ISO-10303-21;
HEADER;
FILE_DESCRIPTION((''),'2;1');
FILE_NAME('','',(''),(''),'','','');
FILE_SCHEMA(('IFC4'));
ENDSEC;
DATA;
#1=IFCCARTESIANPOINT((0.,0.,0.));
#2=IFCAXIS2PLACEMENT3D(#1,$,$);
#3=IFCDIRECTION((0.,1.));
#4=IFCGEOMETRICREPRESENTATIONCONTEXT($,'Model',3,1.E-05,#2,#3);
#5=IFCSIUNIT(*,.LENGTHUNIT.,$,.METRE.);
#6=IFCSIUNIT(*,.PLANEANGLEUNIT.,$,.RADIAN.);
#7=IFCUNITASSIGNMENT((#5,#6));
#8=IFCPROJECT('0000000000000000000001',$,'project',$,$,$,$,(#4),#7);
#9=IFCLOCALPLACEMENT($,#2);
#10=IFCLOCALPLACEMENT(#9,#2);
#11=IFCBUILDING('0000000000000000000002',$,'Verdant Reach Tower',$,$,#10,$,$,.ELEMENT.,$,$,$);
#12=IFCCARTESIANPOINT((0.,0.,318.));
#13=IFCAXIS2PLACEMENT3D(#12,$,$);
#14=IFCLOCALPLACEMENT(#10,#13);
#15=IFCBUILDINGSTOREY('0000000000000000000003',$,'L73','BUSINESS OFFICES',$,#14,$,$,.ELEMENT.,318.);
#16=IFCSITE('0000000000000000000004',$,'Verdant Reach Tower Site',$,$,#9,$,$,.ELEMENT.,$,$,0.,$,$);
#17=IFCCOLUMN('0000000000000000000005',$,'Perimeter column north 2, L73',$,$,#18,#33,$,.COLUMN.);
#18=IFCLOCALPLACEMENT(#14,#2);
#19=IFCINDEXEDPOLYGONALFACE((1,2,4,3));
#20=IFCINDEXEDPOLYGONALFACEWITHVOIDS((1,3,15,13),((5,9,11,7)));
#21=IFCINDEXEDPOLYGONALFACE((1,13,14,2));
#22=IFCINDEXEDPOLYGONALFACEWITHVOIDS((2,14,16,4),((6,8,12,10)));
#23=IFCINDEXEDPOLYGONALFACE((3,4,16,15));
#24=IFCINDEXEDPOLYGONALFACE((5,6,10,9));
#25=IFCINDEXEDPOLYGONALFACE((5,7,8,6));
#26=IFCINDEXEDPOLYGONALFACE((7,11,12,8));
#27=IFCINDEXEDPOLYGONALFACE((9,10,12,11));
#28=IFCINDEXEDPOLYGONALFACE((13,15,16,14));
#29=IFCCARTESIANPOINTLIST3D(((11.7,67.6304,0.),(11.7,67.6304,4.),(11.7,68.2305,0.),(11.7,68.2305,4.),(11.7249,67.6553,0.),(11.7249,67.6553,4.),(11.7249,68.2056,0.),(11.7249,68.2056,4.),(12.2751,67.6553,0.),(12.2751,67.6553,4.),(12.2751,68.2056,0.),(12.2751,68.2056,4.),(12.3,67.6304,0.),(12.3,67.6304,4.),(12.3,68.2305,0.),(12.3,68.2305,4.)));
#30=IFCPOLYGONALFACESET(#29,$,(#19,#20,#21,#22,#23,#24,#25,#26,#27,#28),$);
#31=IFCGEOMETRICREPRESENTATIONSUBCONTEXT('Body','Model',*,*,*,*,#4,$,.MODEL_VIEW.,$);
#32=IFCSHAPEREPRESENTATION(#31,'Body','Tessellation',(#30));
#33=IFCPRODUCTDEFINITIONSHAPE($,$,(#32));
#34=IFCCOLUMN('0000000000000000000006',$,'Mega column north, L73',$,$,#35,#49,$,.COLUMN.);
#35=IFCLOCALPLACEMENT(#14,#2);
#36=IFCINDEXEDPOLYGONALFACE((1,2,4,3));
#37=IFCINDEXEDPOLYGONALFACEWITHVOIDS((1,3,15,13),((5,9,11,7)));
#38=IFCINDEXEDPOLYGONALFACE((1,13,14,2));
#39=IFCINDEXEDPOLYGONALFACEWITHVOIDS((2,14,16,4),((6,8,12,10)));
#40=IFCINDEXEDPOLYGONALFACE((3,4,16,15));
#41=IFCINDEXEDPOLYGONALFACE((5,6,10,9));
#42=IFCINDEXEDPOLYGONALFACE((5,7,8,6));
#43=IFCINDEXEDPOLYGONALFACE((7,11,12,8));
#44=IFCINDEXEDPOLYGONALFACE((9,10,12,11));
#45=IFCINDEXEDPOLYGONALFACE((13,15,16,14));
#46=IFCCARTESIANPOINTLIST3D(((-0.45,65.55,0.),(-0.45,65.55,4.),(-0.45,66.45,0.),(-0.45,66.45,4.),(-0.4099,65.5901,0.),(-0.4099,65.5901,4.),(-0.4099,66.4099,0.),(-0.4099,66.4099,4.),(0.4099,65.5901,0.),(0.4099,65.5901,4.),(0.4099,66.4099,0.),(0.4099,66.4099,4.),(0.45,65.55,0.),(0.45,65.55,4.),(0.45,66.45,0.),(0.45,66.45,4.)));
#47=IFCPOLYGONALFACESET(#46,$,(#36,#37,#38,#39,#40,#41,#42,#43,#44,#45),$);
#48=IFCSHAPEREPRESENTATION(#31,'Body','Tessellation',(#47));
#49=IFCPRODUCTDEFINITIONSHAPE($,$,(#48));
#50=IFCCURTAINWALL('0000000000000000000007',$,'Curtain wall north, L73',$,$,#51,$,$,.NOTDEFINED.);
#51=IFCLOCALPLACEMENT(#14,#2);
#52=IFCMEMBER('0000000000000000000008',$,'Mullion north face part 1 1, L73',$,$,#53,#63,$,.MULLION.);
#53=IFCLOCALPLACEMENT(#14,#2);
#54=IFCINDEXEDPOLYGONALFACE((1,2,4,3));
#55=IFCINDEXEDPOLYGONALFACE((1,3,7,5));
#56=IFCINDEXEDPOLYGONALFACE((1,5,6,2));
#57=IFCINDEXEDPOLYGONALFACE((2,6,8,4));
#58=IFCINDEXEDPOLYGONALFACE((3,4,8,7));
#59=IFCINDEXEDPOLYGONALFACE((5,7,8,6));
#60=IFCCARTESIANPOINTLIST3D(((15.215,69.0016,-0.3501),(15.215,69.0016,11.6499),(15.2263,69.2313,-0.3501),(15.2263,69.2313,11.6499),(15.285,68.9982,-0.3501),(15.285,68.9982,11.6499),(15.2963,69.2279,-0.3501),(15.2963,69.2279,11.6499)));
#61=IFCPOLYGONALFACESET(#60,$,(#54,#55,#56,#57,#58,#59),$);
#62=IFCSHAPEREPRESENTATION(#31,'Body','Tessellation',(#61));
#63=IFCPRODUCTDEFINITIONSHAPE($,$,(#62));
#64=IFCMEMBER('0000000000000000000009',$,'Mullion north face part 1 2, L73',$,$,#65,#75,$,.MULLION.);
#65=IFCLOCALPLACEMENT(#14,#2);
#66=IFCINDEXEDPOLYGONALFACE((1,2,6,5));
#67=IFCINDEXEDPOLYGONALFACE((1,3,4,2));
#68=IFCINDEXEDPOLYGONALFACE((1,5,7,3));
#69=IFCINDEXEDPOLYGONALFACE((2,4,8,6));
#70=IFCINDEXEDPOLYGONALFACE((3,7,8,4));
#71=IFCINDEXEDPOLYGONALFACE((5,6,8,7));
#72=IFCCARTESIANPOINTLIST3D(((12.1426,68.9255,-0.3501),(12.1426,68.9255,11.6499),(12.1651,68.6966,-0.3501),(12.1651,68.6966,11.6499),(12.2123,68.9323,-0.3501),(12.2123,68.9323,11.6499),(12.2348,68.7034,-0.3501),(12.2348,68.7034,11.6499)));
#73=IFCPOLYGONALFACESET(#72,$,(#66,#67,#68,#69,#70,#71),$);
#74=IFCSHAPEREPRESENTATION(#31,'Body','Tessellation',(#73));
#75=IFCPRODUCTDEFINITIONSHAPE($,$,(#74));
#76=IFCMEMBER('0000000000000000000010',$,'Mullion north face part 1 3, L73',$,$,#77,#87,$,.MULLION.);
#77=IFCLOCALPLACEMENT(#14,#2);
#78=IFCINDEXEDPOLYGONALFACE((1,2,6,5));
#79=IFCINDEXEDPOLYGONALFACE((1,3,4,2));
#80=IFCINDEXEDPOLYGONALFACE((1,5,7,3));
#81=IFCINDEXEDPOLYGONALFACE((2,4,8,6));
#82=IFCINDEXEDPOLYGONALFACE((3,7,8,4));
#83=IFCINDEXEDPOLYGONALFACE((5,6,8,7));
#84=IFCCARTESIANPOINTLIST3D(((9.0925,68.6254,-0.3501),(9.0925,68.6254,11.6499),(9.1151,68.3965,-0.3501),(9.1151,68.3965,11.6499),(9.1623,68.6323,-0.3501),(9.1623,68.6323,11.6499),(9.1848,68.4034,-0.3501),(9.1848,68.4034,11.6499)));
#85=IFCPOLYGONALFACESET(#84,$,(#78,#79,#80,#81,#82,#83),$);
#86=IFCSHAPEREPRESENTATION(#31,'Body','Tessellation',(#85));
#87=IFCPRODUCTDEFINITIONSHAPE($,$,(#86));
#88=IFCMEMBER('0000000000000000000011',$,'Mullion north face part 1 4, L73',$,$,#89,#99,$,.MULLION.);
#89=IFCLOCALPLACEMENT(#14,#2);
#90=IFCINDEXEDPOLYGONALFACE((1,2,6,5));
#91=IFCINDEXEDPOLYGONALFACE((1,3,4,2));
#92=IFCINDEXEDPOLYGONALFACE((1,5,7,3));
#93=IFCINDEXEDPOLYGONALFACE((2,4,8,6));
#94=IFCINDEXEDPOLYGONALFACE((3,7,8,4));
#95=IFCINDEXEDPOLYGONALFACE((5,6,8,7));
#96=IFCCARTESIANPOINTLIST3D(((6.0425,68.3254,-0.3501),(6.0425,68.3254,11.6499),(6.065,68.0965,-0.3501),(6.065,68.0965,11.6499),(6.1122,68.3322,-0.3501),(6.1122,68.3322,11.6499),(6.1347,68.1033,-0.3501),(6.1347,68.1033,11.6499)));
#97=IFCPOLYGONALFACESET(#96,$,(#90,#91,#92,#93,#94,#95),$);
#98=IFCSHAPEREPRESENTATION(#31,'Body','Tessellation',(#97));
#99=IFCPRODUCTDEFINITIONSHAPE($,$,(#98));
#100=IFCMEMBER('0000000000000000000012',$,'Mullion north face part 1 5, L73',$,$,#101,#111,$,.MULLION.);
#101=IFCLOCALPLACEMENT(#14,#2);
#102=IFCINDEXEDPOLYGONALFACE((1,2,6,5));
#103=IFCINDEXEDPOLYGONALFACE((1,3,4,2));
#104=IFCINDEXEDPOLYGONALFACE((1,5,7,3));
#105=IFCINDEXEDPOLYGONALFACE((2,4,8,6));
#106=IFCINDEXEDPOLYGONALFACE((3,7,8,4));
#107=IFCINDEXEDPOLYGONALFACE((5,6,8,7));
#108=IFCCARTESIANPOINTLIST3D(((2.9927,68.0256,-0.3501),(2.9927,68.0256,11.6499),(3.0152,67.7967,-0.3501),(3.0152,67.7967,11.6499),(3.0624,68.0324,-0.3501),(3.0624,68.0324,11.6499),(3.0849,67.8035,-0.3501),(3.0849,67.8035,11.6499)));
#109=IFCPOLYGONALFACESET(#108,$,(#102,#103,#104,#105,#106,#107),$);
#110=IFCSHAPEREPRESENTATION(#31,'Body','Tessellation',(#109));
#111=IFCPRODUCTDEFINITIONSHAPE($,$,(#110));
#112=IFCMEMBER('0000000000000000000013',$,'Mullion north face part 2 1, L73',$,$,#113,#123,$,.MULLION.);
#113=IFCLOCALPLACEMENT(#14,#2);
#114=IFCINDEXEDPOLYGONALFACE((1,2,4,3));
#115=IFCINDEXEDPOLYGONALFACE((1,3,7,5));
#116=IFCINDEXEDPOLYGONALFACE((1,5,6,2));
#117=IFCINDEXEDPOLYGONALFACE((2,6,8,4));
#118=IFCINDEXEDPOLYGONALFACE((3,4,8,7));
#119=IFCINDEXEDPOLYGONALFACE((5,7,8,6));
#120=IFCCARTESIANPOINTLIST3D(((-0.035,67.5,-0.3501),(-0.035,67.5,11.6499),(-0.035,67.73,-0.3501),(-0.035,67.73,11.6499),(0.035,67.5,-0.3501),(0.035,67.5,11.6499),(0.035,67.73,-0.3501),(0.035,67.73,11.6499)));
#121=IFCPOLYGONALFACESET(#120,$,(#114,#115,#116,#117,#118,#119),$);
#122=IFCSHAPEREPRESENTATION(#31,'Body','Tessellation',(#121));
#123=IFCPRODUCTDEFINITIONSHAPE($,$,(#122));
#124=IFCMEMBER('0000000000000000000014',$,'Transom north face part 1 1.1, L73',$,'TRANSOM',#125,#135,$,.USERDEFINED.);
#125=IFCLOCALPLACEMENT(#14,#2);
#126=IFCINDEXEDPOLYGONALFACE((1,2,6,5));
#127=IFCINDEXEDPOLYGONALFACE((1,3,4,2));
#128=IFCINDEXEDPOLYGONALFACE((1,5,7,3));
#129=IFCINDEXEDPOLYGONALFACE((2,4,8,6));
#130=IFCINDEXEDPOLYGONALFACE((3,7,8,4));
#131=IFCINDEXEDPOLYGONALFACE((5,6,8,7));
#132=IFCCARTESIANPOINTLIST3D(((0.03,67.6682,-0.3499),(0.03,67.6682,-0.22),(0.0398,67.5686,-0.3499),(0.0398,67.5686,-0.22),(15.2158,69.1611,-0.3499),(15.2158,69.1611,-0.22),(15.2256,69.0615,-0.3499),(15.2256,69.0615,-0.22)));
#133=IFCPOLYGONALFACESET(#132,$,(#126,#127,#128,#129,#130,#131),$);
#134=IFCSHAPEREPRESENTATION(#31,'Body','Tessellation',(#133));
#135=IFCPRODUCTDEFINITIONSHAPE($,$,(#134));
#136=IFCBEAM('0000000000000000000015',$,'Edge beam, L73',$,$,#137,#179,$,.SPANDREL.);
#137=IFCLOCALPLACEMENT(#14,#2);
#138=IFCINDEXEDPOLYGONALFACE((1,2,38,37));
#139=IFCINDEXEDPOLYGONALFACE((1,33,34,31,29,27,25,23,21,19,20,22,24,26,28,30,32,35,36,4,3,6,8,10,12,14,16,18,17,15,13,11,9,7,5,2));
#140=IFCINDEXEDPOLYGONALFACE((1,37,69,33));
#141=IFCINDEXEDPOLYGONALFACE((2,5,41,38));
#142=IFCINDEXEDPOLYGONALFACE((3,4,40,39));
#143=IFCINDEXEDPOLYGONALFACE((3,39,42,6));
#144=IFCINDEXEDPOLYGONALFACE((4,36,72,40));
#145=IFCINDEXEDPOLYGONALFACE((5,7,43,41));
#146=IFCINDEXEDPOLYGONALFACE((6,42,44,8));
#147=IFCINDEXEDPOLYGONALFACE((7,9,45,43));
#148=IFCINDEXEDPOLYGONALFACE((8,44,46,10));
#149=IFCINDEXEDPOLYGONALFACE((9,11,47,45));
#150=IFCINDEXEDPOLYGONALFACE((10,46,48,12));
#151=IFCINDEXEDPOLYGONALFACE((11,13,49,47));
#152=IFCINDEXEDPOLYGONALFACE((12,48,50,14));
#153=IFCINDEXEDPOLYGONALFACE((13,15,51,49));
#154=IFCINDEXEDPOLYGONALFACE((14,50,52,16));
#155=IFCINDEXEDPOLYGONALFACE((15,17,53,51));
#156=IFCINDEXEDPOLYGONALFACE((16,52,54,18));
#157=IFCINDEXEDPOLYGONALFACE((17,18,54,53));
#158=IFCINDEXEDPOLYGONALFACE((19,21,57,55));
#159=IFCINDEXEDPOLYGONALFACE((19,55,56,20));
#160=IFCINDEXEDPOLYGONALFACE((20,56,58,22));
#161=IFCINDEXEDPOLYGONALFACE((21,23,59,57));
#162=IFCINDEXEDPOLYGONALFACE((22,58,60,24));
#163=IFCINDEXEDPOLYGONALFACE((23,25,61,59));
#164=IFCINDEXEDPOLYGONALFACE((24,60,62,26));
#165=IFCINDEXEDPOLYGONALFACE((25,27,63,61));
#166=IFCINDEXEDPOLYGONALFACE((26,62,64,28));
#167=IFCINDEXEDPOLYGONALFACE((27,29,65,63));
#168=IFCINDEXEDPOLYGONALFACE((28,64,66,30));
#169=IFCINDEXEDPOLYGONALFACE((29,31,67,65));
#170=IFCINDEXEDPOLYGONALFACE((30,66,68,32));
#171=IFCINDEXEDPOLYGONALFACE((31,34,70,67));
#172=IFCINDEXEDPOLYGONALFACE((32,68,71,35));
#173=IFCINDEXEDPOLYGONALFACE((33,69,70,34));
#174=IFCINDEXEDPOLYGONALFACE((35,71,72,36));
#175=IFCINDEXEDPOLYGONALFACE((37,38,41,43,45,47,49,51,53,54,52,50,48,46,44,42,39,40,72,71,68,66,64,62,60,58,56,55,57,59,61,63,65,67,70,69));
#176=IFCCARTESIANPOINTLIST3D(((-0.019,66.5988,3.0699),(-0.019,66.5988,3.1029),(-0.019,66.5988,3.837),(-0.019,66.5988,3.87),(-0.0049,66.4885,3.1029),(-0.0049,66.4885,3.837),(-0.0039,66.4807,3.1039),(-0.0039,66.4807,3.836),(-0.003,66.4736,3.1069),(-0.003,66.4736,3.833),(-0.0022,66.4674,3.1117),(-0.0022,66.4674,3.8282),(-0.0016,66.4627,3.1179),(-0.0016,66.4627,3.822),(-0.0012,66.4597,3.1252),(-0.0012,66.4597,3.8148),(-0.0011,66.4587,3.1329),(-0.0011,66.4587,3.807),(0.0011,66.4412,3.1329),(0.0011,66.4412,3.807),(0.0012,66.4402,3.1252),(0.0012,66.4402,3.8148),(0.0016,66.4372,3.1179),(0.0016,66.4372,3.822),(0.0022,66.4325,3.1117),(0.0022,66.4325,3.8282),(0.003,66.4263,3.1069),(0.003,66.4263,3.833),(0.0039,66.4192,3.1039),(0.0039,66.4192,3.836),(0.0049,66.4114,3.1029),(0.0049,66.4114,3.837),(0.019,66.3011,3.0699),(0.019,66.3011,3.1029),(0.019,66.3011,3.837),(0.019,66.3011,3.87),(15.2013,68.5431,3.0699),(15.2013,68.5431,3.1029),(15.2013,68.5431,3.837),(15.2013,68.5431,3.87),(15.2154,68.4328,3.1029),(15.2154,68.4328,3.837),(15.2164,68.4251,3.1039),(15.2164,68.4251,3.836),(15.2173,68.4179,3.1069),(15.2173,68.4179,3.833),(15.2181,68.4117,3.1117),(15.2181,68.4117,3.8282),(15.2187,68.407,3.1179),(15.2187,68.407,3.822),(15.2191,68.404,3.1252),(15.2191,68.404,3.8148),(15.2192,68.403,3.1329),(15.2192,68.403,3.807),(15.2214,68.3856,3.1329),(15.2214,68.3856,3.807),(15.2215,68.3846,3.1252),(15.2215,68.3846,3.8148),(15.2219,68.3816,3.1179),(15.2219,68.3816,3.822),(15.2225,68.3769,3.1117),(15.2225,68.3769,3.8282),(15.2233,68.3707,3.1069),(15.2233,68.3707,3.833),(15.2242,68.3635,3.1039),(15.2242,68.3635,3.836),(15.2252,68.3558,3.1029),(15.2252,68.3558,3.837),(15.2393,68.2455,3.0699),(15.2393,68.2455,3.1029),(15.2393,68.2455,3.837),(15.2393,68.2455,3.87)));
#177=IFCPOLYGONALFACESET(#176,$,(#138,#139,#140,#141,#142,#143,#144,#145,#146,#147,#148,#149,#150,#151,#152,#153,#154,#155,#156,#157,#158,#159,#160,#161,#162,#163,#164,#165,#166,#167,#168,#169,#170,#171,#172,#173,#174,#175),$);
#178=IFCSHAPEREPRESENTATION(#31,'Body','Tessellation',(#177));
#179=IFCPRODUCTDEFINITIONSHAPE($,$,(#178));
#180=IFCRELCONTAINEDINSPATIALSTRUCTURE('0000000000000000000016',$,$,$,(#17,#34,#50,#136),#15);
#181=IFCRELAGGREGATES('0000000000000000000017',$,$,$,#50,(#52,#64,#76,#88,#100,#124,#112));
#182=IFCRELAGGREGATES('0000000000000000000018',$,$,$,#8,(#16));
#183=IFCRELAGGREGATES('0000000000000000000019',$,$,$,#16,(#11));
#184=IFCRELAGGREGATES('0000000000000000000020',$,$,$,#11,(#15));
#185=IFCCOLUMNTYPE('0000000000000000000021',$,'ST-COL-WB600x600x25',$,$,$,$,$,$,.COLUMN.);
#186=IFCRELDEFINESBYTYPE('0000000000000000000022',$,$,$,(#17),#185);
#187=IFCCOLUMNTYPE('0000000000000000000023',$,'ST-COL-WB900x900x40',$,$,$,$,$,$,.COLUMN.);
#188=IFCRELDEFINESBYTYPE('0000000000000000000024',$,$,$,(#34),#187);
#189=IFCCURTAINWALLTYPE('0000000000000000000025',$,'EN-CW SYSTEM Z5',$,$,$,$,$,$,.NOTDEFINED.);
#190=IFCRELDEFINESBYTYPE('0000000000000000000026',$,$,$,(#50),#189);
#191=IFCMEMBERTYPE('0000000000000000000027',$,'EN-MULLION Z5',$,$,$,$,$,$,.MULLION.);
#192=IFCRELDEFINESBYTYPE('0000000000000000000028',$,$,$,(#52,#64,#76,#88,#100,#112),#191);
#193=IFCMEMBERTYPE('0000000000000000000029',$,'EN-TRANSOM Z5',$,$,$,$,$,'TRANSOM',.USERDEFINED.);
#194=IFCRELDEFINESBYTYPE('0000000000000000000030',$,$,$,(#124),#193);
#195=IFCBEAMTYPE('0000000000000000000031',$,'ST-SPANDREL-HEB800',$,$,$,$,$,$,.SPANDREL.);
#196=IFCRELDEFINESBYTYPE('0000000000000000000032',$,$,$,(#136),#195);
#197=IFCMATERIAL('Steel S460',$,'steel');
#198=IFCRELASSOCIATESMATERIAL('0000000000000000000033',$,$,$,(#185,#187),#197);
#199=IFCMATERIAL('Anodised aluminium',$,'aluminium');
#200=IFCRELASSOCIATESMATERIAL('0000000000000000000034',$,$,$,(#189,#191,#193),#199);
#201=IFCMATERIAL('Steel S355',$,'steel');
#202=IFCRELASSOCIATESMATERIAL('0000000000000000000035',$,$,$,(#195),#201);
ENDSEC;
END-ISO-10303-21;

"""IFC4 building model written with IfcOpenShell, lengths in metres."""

from ifc_helpers import new_model, si_unit, direction, frame, origin, origin_2d, place, context, subcontext, project, spatial, rectangle, hollow_rectangle, i_section, extrude, material, material_profile, profile_set, type_object, element, aggregate, save


model = new_model("IFC4")

# Units and contexts
model_context = context("Model", 3, precision=1e-05, world=origin(), true_north=direction((0.0, 1.0)))
body_context = subcontext(model_context, "Body", "Model", "MODEL_VIEW")
ifc_project = project(units=[si_unit("LENGTHUNIT", "METRE"), si_unit("PLANEANGLEUNIT", "RADIAN")], contexts=[model_context])

# Site, building, storey
site_placement = place(None, origin())
site = spatial("IfcSite", under=ifc_project, at=site_placement, Name="Verdant Reach Tower Site", CompositionType="ELEMENT", RefElevation=0.0)
building_placement = place(site_placement, origin())
building = spatial("IfcBuilding", under=site, at=building_placement, Name="Verdant Reach Tower", CompositionType="ELEMENT")
storey_placement = place(building_placement, frame((0.0, 0.0, 318.0)))
storey = spatial("IfcBuildingStorey", under=building, at=storey_placement, Name="L73", Description="BUSINESS OFFICES", CompositionType="ELEMENT", Elevation=318.0)

# Columns
ifc_material_1 = material(Name="Steel S460", Category="steel")
ifc_material_profile_1 = material_profile(ifc_material_1, hollow_rectangle(XDim=0.6001, YDim=0.6001, WallThickness=0.0249, at=origin_2d()), Name="WB 600x600x25")
ifc_profile_set_1 = profile_set([ifc_material_profile_1], Name="Steel S460")
column_type_1 = type_object("IfcColumnType", Name="ST-COL-WB600x600x25", PredefinedType="COLUMN", material=ifc_profile_set_1)
column_1_placement = place(storey_placement, frame((12.0, 67.9304, 0.0), z_axis=(0.0, 0.0, 1.0), x_axis=(1.0, 0.0, 0.0)))
element("IfcColumn", 1, at=column_1_placement, inside=storey, type_object=column_type_1, Name="Perimeter column north 2, L73", PredefinedType="COLUMN", context=body_context, shape_type="SweptSolid", body=[
    extrude(hollow_rectangle(XDim=0.6001, YDim=0.6001, WallThickness=0.0249, at=origin_2d()), origin(), (0.0, 0.0, 1.0), 4.0),
])
ifc_material_profile_2 = material_profile(ifc_material_1, hollow_rectangle(XDim=0.8999, YDim=0.8999, WallThickness=0.04, at=origin_2d()), Name="WB 900x900x40")
ifc_profile_set_2 = profile_set([ifc_material_profile_2], Name="Steel S460")
column_type_2 = type_object("IfcColumnType", Name="ST-COL-WB900x900x40", PredefinedType="COLUMN", material=ifc_profile_set_2)
column_2_placement = place(storey_placement, frame((0.0, 66.0, 0.0), z_axis=(0.0, 0.0, 1.0), x_axis=(1.0, 0.0, 0.0)))
element("IfcColumn", 2, at=column_2_placement, inside=storey, type_object=column_type_2, Name="Mega column north, L73", PredefinedType="COLUMN", context=body_context, shape_type="SweptSolid", body=[
    extrude(hollow_rectangle(XDim=0.8999, YDim=0.8999, WallThickness=0.04, at=origin_2d()), origin(), (0.0, 0.0, 1.0), 4.0),
])

# Curtain wall, members
ifc_material_2 = material(Name="Anodised aluminium", Category="aluminium")
curtain_wall_type = type_object("IfcCurtainWallType", Name="EN-CW SYSTEM Z5", PredefinedType="NOTDEFINED", material=ifc_material_2)
curtain_wall_placement = place(storey_placement, origin())
curtain_wall = element("IfcCurtainWall", 3, at=curtain_wall_placement, inside=storey, type_object=curtain_wall_type, Name="Curtain wall north, L73", PredefinedType="NOTDEFINED")
ifc_material_profile_3 = material_profile(ifc_material_2, rectangle(XDim=0.23, YDim=0.0701, at=origin_2d()), Name="Mullion 70x230")
ifc_profile_set_3 = profile_set([ifc_material_profile_3], Name="Anodised aluminium")
member_type_1 = type_object("IfcMemberType", Name="EN-MULLION Z5", PredefinedType="MULLION", material=ifc_profile_set_3)
member_1_placement = place(storey_placement, frame((15.2556, 69.1147, -0.3501), z_axis=(0.0, 0.0, 1.0), x_axis=(0.049128, 0.998793, 0.0)))
member_1 = element("IfcMember", 4, at=member_1_placement, type_object=member_type_1, Name="Mullion north face part 1 1, L73", PredefinedType="MULLION", context=body_context, shape_type="SweptSolid", body=[
    extrude(rectangle(XDim=0.23, YDim=0.0701, at=origin_2d()), origin(), (0.0, 0.0, 1.0), 12.0),
])
member_2_placement = place(storey_placement, frame((12.1887, 68.8145, -0.3501), z_axis=(0.0, 0.0, 1.0), x_axis=(-0.097888, 0.995197, 0.0)))
member_2 = element("IfcMember", 5, at=member_2_placement, type_object=member_type_1, Name="Mullion north face part 1 2, L73", PredefinedType="MULLION", context=body_context, shape_type="SweptSolid", body=[
    extrude(rectangle(XDim=0.23, YDim=0.0701, at=origin_2d()), origin(), (0.0, 0.0, 1.0), 12.0),
])
member_3_placement = place(storey_placement, frame((9.1387, 68.5144, -0.3501), z_axis=(0.0, 0.0, 1.0), x_axis=(-0.097888, 0.995197, 0.0)))
member_3 = element("IfcMember", 6, at=member_3_placement, type_object=member_type_1, Name="Mullion north face part 1 3, L73", PredefinedType="MULLION", context=body_context, shape_type="SweptSolid", body=[
    extrude(rectangle(XDim=0.23, YDim=0.0701, at=origin_2d()), origin(), (0.0, 0.0, 1.0), 12.0),
])
member_4_placement = place(storey_placement, frame((6.0886, 68.2144, -0.3501), z_axis=(0.0, 0.0, 1.0), x_axis=(-0.097888, 0.995197, 0.0)))
member_4 = element("IfcMember", 7, at=member_4_placement, type_object=member_type_1, Name="Mullion north face part 1 4, L73", PredefinedType="MULLION", context=body_context, shape_type="SweptSolid", body=[
    extrude(rectangle(XDim=0.23, YDim=0.0701, at=origin_2d()), origin(), (0.0, 0.0, 1.0), 12.0),
])
member_5_placement = place(storey_placement, frame((3.0388, 67.9146, -0.3501), z_axis=(0.0, 0.0, 1.0), x_axis=(-0.097888, 0.995197, 0.0)))
member_5 = element("IfcMember", 8, at=member_5_placement, type_object=member_type_1, Name="Mullion north face part 1 5, L73", PredefinedType="MULLION", context=body_context, shape_type="SweptSolid", body=[
    extrude(rectangle(XDim=0.23, YDim=0.0701, at=origin_2d()), origin(), (0.0, 0.0, 1.0), 12.0),
])
member_6_placement = place(storey_placement, frame((0.0, 67.615, -0.3501), z_axis=(0.0, 0.0, 1.0), x_axis=(0.0, 1.0, 0.0)))
member_6 = element("IfcMember", 9, at=member_6_placement, type_object=member_type_1, Name="Mullion north face part 2 1, L73", PredefinedType="MULLION", context=body_context, shape_type="SweptSolid", body=[
    extrude(rectangle(XDim=0.23, YDim=0.0701, at=origin_2d()), origin(), (0.0, 0.0, 1.0), 12.0),
])
ifc_material_profile_4 = material_profile(ifc_material_2, rectangle(XDim=0.1001, YDim=0.1299, at=origin_2d()), Name="Transom 130x100")
ifc_profile_set_4 = profile_set([ifc_material_profile_4], Name="Anodised aluminium")
member_type_2 = type_object("IfcMemberType", Name="EN-TRANSOM Z5", ElementType="TRANSOM", PredefinedType="USERDEFINED", material=ifc_profile_set_4)
member_7_placement = place(storey_placement, frame((15.2207, 69.1113, -0.2849), z_axis=(-0.995202, -0.097839, 0.0), x_axis=(0.097839, -0.995202, 0.0)))
member_7 = element("IfcMember", 10, at=member_7_placement, type_object=member_type_2, Name="Transom north face part 1 1.1, L73", ObjectType="TRANSOM", PredefinedType="USERDEFINED", context=body_context, shape_type="SweptSolid", body=[
    extrude(rectangle(XDim=0.1001, YDim=0.1299, at=origin_2d()), origin(), (0.0, 0.0, 1.0), 15.259),
])

# Beam
ifc_material_3 = material(Name="Steel S355", Category="steel")
ifc_material_profile_5 = material_profile(ifc_material_3, i_section(OverallWidth=0.3, OverallDepth=0.8, WebThickness=0.0176, FlangeThickness=0.033, FilletRadius=0.03, at=origin_2d()), Name="HEB 800")
ifc_profile_set_5 = profile_set([ifc_material_profile_5], Name="Steel S355")
beam_type_1 = type_object("IfcBeamType", Name="ST-SPANDREL-HEB800", PredefinedType="SPANDREL", material=ifc_profile_set_5)
beam_1_placement = place(storey_placement, frame((0.0, 66.45, 3.47), z_axis=(0.991939, 0.126717, 0.0), x_axis=(-0.126717, 0.991939, 0.0)))
element("IfcBeam", 11, at=beam_1_placement, inside=storey, type_object=beam_type_1, Name="Edge beam, L73", PredefinedType="SPANDREL", context=body_context, shape_type="SweptSolid", body=[
    extrude(i_section(OverallWidth=0.3, OverallDepth=0.8, WebThickness=0.0176, FlangeThickness=0.033, FilletRadius=0.03, at=origin_2d()), origin(), (0.0, 0.0, 1.0), 15.344),
])

aggregate(curtain_wall, [member_1, member_2, member_3, member_4, member_5, member_7, member_6])

save(model, "model.ifc")
